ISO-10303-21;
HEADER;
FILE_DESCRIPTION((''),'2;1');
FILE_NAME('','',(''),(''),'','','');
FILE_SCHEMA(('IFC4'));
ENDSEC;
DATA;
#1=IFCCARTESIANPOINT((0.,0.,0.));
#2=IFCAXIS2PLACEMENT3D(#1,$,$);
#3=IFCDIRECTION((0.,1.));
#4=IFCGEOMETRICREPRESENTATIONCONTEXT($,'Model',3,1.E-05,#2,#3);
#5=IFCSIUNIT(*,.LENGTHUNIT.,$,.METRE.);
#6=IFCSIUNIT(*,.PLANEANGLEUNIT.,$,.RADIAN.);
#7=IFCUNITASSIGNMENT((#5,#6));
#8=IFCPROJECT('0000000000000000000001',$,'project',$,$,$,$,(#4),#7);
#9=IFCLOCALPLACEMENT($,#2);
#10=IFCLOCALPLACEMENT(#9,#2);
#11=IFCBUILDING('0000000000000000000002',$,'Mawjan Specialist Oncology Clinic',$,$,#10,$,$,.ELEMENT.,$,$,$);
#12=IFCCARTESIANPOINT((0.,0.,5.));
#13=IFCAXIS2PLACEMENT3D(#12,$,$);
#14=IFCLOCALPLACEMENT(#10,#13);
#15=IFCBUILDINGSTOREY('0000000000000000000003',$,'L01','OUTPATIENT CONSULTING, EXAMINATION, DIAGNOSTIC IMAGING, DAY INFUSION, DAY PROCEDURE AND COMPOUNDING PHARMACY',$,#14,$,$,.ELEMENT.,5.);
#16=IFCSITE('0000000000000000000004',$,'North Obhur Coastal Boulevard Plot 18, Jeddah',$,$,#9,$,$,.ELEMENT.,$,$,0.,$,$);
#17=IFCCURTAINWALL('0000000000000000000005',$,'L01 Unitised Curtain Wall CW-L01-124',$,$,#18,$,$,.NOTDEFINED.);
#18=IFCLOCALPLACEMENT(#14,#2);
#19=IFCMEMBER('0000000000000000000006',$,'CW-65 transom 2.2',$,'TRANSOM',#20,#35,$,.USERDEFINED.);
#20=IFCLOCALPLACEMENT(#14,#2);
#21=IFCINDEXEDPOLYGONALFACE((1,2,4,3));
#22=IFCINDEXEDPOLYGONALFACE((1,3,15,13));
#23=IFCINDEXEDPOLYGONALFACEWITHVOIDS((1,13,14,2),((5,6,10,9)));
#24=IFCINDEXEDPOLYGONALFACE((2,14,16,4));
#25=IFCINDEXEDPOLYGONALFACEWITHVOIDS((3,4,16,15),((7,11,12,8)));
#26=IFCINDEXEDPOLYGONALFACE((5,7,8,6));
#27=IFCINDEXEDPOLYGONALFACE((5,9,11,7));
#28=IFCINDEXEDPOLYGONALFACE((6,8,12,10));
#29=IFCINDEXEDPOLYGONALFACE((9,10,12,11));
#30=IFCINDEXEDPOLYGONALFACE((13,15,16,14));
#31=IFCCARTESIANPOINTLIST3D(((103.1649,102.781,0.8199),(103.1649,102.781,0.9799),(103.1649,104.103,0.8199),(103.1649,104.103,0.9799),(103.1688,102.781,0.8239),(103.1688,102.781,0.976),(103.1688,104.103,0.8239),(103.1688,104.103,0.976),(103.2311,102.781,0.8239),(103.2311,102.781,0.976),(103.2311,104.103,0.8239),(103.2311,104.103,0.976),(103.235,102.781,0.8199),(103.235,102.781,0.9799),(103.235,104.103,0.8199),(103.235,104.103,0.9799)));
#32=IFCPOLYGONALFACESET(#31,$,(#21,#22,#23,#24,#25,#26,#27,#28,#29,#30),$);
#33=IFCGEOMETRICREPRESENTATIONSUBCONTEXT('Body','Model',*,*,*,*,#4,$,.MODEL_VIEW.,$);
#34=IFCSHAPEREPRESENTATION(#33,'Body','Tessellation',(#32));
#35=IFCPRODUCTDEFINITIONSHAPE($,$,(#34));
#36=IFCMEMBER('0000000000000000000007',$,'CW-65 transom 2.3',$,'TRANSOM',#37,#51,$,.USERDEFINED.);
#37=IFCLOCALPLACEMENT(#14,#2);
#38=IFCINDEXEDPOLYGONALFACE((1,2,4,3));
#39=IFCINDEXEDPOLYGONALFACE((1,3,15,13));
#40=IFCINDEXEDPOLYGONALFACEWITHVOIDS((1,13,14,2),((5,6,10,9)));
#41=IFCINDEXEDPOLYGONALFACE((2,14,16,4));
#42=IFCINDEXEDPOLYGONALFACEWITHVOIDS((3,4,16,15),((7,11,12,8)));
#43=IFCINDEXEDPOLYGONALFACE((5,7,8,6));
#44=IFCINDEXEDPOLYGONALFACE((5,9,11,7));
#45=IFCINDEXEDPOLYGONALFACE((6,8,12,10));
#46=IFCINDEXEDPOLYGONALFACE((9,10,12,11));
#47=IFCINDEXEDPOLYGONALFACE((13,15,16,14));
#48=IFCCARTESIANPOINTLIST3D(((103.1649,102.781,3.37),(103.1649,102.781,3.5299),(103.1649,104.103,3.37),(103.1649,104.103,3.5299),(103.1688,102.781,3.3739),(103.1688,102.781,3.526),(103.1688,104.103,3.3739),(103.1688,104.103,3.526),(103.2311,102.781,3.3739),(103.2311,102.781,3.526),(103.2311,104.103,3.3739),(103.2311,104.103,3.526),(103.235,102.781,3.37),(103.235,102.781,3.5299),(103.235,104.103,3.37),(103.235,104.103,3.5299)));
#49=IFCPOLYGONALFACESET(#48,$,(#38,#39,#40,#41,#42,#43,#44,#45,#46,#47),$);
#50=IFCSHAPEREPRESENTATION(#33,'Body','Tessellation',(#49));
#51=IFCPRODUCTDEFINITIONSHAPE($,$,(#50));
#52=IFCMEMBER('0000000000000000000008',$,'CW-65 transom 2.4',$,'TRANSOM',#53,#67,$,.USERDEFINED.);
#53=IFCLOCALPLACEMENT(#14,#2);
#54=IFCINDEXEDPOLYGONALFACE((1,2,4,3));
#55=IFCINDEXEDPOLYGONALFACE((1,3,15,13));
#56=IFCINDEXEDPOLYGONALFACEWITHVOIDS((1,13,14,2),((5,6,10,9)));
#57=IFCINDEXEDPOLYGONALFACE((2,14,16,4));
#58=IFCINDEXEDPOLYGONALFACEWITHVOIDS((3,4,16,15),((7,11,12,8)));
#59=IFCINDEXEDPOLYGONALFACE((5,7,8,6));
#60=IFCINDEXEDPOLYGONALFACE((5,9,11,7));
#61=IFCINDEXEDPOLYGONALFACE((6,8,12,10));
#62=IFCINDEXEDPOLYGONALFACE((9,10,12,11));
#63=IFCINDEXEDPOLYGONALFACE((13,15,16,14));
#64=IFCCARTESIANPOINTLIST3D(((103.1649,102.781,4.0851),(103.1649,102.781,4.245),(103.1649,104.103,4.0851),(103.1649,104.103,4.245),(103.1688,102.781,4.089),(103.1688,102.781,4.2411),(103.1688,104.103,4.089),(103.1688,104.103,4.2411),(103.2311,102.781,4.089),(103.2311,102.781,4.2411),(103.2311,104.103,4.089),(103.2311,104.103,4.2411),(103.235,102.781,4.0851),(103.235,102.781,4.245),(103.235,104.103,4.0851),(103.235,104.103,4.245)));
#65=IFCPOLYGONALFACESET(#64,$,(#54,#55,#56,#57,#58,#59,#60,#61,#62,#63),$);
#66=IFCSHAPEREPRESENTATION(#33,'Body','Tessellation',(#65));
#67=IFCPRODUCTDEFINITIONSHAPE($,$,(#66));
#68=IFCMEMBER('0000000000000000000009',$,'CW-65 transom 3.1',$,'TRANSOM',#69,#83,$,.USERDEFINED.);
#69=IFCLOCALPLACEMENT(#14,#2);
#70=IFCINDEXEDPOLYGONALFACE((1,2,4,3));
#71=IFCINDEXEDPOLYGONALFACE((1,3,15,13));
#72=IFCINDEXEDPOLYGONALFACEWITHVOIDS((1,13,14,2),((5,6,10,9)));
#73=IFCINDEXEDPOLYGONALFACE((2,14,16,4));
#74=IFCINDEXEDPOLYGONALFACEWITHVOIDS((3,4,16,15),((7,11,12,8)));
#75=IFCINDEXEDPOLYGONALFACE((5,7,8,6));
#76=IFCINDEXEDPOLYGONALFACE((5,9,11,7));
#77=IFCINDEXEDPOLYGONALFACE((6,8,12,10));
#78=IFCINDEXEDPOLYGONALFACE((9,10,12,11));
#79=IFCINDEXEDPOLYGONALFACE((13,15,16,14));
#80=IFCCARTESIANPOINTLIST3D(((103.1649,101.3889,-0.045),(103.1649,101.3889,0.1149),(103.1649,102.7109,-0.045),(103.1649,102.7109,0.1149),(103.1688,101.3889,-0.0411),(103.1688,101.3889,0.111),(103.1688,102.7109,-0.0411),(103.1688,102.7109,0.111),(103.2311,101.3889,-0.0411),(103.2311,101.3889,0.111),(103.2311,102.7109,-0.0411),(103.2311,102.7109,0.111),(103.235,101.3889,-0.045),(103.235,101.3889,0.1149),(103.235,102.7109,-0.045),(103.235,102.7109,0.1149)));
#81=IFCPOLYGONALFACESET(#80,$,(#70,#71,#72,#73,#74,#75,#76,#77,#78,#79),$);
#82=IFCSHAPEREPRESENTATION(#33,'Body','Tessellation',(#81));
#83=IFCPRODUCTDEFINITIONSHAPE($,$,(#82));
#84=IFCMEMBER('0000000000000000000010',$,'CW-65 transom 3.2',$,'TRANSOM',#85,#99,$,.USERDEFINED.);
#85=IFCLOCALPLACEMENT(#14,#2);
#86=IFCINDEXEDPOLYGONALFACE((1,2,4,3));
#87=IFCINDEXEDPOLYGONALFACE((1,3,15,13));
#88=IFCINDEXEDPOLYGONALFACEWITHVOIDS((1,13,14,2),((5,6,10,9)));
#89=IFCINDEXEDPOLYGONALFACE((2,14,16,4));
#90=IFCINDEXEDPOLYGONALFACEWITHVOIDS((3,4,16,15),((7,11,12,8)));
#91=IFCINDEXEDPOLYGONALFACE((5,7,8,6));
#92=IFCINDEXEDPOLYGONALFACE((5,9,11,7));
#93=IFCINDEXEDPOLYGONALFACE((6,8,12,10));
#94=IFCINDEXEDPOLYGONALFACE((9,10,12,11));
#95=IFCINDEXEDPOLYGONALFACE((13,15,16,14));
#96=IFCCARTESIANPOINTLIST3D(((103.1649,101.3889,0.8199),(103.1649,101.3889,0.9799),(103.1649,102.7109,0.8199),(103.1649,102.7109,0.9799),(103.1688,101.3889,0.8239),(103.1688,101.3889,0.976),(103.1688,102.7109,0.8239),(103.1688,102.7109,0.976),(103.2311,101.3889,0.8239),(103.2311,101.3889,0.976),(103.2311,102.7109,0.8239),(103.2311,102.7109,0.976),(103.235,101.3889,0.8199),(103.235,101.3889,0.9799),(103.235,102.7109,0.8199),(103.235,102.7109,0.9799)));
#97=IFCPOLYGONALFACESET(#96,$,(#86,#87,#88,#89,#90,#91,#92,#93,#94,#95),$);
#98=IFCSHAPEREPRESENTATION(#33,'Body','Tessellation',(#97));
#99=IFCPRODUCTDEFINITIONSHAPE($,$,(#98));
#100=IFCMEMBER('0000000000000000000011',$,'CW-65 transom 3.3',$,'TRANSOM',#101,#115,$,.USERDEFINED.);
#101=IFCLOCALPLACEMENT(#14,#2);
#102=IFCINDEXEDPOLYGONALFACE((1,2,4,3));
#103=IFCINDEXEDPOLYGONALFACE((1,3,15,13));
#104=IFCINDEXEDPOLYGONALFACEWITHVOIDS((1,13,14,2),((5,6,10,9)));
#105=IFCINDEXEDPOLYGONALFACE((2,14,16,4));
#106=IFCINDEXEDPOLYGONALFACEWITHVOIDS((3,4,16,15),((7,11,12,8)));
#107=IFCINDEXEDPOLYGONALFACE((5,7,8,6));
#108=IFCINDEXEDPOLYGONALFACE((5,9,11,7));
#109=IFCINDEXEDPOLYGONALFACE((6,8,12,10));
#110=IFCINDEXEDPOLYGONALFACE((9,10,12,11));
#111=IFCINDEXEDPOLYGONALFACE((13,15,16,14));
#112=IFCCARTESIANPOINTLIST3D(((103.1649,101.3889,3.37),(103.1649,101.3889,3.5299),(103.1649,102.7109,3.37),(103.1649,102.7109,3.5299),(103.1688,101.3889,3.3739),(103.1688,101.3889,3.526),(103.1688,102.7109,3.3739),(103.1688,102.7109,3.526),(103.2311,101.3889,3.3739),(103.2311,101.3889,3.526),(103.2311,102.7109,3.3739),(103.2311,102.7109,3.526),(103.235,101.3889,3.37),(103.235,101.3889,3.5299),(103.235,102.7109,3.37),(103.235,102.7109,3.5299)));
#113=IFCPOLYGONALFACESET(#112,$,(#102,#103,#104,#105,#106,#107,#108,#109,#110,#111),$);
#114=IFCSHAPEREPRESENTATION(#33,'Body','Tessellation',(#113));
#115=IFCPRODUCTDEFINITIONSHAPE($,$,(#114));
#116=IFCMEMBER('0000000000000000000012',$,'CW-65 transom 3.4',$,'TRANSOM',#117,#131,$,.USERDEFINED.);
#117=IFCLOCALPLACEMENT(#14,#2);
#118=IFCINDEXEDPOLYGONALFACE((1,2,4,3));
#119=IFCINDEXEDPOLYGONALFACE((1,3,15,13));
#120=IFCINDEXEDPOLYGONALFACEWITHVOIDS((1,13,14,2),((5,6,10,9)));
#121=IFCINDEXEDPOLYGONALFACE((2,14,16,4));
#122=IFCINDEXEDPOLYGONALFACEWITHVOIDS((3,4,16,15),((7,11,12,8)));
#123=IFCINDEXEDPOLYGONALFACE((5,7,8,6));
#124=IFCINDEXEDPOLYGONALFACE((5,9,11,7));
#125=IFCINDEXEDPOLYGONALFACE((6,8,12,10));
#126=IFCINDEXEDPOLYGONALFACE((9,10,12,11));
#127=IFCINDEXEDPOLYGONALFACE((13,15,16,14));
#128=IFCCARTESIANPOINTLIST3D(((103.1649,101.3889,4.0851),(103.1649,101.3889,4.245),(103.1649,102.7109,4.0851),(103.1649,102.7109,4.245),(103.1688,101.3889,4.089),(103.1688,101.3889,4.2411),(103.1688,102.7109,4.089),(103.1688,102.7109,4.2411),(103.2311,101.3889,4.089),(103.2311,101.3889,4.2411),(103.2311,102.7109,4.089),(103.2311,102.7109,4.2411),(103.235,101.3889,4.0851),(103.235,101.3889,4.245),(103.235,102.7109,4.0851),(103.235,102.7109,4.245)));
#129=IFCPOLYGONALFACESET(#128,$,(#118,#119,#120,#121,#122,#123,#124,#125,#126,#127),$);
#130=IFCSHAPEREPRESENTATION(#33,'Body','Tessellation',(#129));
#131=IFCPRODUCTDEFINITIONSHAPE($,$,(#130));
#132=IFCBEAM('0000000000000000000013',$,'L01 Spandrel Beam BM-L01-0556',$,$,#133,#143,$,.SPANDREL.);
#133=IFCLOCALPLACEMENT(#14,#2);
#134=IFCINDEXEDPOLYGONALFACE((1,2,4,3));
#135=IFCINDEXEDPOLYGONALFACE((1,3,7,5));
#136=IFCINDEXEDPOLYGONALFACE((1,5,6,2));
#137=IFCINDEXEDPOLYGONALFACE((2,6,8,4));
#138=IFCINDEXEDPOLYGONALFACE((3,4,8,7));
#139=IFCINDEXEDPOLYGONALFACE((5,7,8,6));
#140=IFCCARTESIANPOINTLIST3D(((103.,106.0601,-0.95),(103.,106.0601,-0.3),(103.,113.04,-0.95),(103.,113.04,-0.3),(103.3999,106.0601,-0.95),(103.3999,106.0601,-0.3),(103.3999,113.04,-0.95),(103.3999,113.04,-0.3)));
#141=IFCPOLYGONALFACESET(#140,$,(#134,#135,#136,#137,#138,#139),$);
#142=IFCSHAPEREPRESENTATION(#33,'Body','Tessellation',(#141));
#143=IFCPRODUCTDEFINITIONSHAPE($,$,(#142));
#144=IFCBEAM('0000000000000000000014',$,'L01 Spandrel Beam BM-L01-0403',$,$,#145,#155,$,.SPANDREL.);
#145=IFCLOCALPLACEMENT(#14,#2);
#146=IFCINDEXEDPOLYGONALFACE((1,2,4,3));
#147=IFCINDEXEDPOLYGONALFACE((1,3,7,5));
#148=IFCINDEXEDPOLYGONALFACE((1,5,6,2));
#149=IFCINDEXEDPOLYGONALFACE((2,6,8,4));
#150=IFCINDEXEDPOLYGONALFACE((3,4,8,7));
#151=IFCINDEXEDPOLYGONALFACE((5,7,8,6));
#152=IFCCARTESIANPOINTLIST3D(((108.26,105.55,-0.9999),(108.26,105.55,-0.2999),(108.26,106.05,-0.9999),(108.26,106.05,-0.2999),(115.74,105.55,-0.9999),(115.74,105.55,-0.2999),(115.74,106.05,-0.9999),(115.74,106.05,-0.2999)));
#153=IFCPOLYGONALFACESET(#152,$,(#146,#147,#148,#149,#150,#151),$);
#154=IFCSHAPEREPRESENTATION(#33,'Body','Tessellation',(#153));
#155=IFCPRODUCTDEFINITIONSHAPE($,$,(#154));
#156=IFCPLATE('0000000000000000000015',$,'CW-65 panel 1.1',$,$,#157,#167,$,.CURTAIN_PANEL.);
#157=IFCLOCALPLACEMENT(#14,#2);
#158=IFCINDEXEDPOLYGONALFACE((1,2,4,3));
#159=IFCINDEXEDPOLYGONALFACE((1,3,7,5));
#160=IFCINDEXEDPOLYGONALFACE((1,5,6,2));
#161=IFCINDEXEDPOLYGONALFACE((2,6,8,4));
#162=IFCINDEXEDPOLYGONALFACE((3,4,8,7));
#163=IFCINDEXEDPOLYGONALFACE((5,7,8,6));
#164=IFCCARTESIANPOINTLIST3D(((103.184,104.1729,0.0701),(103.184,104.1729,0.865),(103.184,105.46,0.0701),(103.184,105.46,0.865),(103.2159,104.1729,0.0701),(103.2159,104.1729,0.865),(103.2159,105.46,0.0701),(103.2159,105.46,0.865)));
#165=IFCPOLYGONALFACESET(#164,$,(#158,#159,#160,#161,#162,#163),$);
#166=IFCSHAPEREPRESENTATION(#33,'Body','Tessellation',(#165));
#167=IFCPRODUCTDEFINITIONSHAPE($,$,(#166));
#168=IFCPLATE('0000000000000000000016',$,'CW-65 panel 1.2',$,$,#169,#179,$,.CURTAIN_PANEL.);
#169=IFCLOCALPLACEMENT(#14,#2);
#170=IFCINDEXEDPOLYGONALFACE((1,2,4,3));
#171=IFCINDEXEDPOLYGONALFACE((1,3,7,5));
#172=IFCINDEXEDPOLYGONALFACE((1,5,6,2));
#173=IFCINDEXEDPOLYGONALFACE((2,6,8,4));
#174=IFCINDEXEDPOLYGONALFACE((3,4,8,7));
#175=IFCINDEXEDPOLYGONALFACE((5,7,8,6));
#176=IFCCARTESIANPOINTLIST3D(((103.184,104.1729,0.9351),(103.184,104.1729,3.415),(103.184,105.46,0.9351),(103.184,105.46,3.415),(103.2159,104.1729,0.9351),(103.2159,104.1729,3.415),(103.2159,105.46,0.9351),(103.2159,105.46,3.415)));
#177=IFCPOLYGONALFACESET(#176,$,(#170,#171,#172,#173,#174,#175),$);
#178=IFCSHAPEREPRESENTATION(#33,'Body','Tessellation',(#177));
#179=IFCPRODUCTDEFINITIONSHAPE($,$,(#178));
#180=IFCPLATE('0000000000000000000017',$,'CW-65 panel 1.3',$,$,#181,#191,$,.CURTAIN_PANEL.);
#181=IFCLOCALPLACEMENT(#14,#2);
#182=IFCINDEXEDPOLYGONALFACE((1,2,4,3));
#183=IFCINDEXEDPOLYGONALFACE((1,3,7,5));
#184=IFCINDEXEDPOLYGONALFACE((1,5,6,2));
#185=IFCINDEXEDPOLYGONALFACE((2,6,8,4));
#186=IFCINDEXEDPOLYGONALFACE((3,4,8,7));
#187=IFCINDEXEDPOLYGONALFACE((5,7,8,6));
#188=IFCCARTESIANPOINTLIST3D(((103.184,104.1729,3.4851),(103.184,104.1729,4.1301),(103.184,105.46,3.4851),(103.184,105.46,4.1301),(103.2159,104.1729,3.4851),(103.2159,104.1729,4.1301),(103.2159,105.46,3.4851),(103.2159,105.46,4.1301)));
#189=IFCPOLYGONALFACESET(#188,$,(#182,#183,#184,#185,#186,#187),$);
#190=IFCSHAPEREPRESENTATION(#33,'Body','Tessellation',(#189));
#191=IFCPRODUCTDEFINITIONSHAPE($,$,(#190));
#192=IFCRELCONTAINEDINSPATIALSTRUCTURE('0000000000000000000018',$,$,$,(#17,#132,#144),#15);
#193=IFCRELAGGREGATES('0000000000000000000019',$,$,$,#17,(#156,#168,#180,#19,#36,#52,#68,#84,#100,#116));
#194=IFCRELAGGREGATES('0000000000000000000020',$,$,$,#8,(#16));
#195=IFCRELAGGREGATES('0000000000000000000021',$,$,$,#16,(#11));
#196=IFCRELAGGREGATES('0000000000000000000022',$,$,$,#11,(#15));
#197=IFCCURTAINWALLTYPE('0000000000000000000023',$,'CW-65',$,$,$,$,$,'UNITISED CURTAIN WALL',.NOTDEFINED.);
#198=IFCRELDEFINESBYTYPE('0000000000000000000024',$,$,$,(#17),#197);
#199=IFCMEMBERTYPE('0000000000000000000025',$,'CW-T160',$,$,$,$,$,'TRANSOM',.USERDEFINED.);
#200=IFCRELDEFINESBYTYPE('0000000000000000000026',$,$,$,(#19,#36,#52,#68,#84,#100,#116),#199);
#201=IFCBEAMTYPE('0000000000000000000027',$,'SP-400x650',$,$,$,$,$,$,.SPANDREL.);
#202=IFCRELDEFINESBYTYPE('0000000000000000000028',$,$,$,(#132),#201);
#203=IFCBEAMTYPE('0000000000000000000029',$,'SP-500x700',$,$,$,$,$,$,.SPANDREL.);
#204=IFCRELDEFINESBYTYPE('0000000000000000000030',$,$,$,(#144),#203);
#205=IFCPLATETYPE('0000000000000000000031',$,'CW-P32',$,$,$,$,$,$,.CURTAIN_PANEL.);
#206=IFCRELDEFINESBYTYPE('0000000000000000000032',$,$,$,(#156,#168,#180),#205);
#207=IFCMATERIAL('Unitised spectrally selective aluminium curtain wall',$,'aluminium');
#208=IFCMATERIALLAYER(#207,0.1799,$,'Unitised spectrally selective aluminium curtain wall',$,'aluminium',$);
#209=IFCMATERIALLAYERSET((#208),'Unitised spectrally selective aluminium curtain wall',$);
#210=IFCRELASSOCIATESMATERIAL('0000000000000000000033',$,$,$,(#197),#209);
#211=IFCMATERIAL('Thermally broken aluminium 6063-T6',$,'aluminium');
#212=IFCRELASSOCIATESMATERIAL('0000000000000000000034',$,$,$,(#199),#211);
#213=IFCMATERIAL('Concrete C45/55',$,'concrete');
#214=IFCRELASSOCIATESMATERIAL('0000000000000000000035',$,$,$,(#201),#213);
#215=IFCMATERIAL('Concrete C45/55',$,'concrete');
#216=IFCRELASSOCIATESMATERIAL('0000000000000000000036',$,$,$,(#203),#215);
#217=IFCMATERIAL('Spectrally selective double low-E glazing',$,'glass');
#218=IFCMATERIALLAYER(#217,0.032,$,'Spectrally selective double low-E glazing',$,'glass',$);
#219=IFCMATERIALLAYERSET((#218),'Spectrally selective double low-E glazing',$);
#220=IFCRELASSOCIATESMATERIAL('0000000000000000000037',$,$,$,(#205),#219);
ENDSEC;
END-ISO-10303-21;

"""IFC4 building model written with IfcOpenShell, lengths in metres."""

from ifc_helpers import new_model, si_unit, direction, frame, origin, origin_2d, place, context, subcontext, project, spatial, rectangle, hollow_rectangle, extrude, material, layer, layer_set, material_profile, profile_set, type_object, element, aggregate, save


model = new_model("IFC4")

# Units and contexts
model_context = context("Model", 3, precision=1e-05, world=origin(), true_north=direction((0.0, 1.0)))
body_context = subcontext(model_context, "Body", "Model", "MODEL_VIEW")
ifc_project = project(units=[si_unit("LENGTHUNIT", "METRE"), si_unit("PLANEANGLEUNIT", "RADIAN")], contexts=[model_context])

# Site, building, storey
site_placement = place(None, origin())
site = spatial("IfcSite", under=ifc_project, at=site_placement, Name="North Obhur Coastal Boulevard Plot 18, Jeddah", CompositionType="ELEMENT", RefElevation=0.0)
building_placement = place(site_placement, origin())
building = spatial("IfcBuilding", under=site, at=building_placement, Name="Mawjan Specialist Oncology Clinic", CompositionType="ELEMENT")
storey_placement = place(building_placement, frame((0.0, 0.0, 5.0)))
storey = spatial("IfcBuildingStorey", under=building, at=storey_placement, Name="L01", Description="OUTPATIENT CONSULTING, EXAMINATION, DIAGNOSTIC IMAGING, DAY INFUSION, DAY PROCEDURE AND COMPOUNDING PHARMACY", CompositionType="ELEMENT", Elevation=5.0)

# Curtain wall, members
ifc_material_1 = material(Name="Unitised spectrally selective aluminium curtain wall", Category="aluminium")
ifc_layer_1 = layer(ifc_material_1, 0.1799, Name="Unitised spectrally selective aluminium curtain wall", Category="aluminium")
ifc_layer_set_1 = layer_set([ifc_layer_1], Name="Unitised spectrally selective aluminium curtain wall")
curtain_wall_type = type_object("IfcCurtainWallType", Name="CW-65", ElementType="UNITISED CURTAIN WALL", PredefinedType="NOTDEFINED", material=ifc_layer_set_1)
curtain_wall_placement = place(storey_placement, origin())
curtain_wall = element("IfcCurtainWall", 1, at=curtain_wall_placement, inside=storey, type_object=curtain_wall_type, Name="L01 Unitised Curtain Wall CW-L01-124", PredefinedType="NOTDEFINED")
ifc_material_2 = material(Name="Thermally broken aluminium 6063-T6", Category="aluminium")
ifc_material_profile_1 = material_profile(ifc_material_2, hollow_rectangle(XDim=0.0701, YDim=0.1599, WallThickness=0.0039, at=origin_2d()), Name="ALU TRANSOM 160x70x4", Category="aluminium")
ifc_profile_set_1 = profile_set([ifc_material_profile_1], Name="Thermally broken aluminium 6063-T6")
member_type_1 = type_object("IfcMemberType", Name="CW-T160", ElementType="TRANSOM", PredefinedType="USERDEFINED", material=ifc_profile_set_1)
member_1_placement = place(storey_placement, frame((103.2, 104.103, 0.8999), z_axis=(0.0, -1.0, 0.0), x_axis=(1.0, 0.0, 0.0)))
member_1 = element("IfcMember", 2, at=member_1_placement, type_object=member_type_1, Name="CW-65 transom 2.2", ObjectType="TRANSOM", PredefinedType="USERDEFINED", context=body_context, shape_type="SweptSolid", body=[
    extrude(hollow_rectangle(XDim=0.0701, YDim=0.1599, WallThickness=0.0039, at=origin_2d()), origin(), (0.0, 0.0, 1.0), 1.322),
])
member_2_placement = place(storey_placement, frame((103.2, 104.103, 3.45), z_axis=(0.0, -1.0, 0.0), x_axis=(1.0, 0.0, 0.0)))
member_2 = element("IfcMember", 3, at=member_2_placement, type_object=member_type_1, Name="CW-65 transom 2.3", ObjectType="TRANSOM", PredefinedType="USERDEFINED", context=body_context, shape_type="SweptSolid", body=[
    extrude(hollow_rectangle(XDim=0.0701, YDim=0.1599, WallThickness=0.0039, at=origin_2d()), origin(), (0.0, 0.0, 1.0), 1.322),
])
member_3_placement = place(storey_placement, frame((103.2, 104.103, 4.165), z_axis=(0.0, -1.0, 0.0), x_axis=(1.0, 0.0, 0.0)))
member_3 = element("IfcMember", 4, at=member_3_placement, type_object=member_type_1, Name="CW-65 transom 2.4", ObjectType="TRANSOM", PredefinedType="USERDEFINED", context=body_context, shape_type="SweptSolid", body=[
    extrude(hollow_rectangle(XDim=0.0701, YDim=0.1599, WallThickness=0.0039, at=origin_2d()), origin(), (0.0, 0.0, 1.0), 1.322),
])
member_4_placement = place(storey_placement, frame((103.2, 102.7109, 0.0349), z_axis=(0.0, -1.0, 0.0), x_axis=(1.0, 0.0, 0.0)))
member_4 = element("IfcMember", 5, at=member_4_placement, type_object=member_type_1, Name="CW-65 transom 3.1", ObjectType="TRANSOM", PredefinedType="USERDEFINED", context=body_context, shape_type="SweptSolid", body=[
    extrude(hollow_rectangle(XDim=0.0701, YDim=0.1599, WallThickness=0.0039, at=origin_2d()), origin(), (0.0, 0.0, 1.0), 1.322),
])
member_5_placement = place(storey_placement, frame((103.2, 102.7109, 0.8999), z_axis=(0.0, -1.0, 0.0), x_axis=(1.0, 0.0, 0.0)))
member_5 = element("IfcMember", 6, at=member_5_placement, type_object=member_type_1, Name="CW-65 transom 3.2", ObjectType="TRANSOM", PredefinedType="USERDEFINED", context=body_context, shape_type="SweptSolid", body=[
    extrude(hollow_rectangle(XDim=0.0701, YDim=0.1599, WallThickness=0.0039, at=origin_2d()), origin(), (0.0, 0.0, 1.0), 1.322),
])
member_6_placement = place(storey_placement, frame((103.2, 102.7109, 3.45), z_axis=(0.0, -1.0, 0.0), x_axis=(1.0, 0.0, 0.0)))
member_6 = element("IfcMember", 7, at=member_6_placement, type_object=member_type_1, Name="CW-65 transom 3.3", ObjectType="TRANSOM", PredefinedType="USERDEFINED", context=body_context, shape_type="SweptSolid", body=[
    extrude(hollow_rectangle(XDim=0.0701, YDim=0.1599, WallThickness=0.0039, at=origin_2d()), origin(), (0.0, 0.0, 1.0), 1.322),
])
member_7_placement = place(storey_placement, frame((103.2, 102.7109, 4.165), z_axis=(0.0, -1.0, 0.0), x_axis=(1.0, 0.0, 0.0)))
member_7 = element("IfcMember", 8, at=member_7_placement, type_object=member_type_1, Name="CW-65 transom 3.4", ObjectType="TRANSOM", PredefinedType="USERDEFINED", context=body_context, shape_type="SweptSolid", body=[
    extrude(hollow_rectangle(XDim=0.0701, YDim=0.1599, WallThickness=0.0039, at=origin_2d()), origin(), (0.0, 0.0, 1.0), 1.322),
])

# Beams
ifc_material_3 = material(Name="Concrete C45/55", Category="concrete")
ifc_material_profile_2 = material_profile(ifc_material_3, rectangle(XDim=0.3999, YDim=0.6499, at=origin_2d()), Name="RC BM 400x650", Category="concrete")
ifc_profile_set_2 = profile_set([ifc_material_profile_2], Name="Concrete C45/55")
beam_type_1 = type_object("IfcBeamType", Name="SP-400x650", PredefinedType="SPANDREL", material=ifc_profile_set_2)
beam_1_placement = place(storey_placement, frame((103.2, 106.0601, -0.625), z_axis=(0.0, 1.0, 0.0), x_axis=(-1.0, 0.0, 0.0)))
element("IfcBeam", 9, at=beam_1_placement, inside=storey, type_object=beam_type_1, Name="L01 Spandrel Beam BM-L01-0556", PredefinedType="SPANDREL", context=body_context, shape_type="SweptSolid", body=[
    extrude(rectangle(XDim=0.3999, YDim=0.6499, at=origin_2d()), origin(), (0.0, 0.0, 1.0), 6.98),
])
ifc_material_4 = material(Name="Concrete C45/55", Category="concrete")
ifc_material_profile_3 = material_profile(ifc_material_4, rectangle(XDim=0.5, YDim=0.7, at=origin_2d()), Name="RC BM 500x700", Category="concrete")
ifc_profile_set_3 = profile_set([ifc_material_profile_3], Name="Concrete C45/55")
beam_type_2 = type_object("IfcBeamType", Name="SP-500x700", PredefinedType="SPANDREL", material=ifc_profile_set_3)
beam_2_placement = place(storey_placement, frame((108.26, 105.8, -0.6499), z_axis=(1.0, 0.0, 0.0), x_axis=(0.0, 1.0, 0.0)))
element("IfcBeam", 10, at=beam_2_placement, inside=storey, type_object=beam_type_2, Name="L01 Spandrel Beam BM-L01-0403", PredefinedType="SPANDREL", context=body_context, shape_type="SweptSolid", body=[
    extrude(rectangle(XDim=0.5, YDim=0.7, at=origin_2d()), origin(), (0.0, 0.0, 1.0), 7.48),
])

# Plates
ifc_material_5 = material(Name="Spectrally selective double low-E glazing", Category="glass")
ifc_layer_2 = layer(ifc_material_5, 0.032, Name="Spectrally selective double low-E glazing", Category="glass")
ifc_layer_set_2 = layer_set([ifc_layer_2], Name="Spectrally selective double low-E glazing")
plate_type = type_object("IfcPlateType", Name="CW-P32", PredefinedType="CURTAIN_PANEL", material=ifc_layer_set_2)
plate_1_placement = place(storey_placement, frame((103.2, 104.8164, 0.0701), z_axis=(0.0, 0.0, 1.0), x_axis=(0.0, -1.0, 0.0)))
plate_1 = element("IfcPlate", 11, at=plate_1_placement, type_object=plate_type, Name="CW-65 panel 1.1", PredefinedType="CURTAIN_PANEL", context=body_context, shape_type="SweptSolid", body=[
    extrude(rectangle(XDim=1.2871, YDim=0.032, at=origin_2d()), origin(), (0.0, 0.0, 1.0), 0.7949),
])
plate_2_placement = place(storey_placement, frame((103.2, 104.8164, 0.9351), z_axis=(0.0, 0.0, 1.0), x_axis=(0.0, -1.0, 0.0)))
plate_2 = element("IfcPlate", 12, at=plate_2_placement, type_object=plate_type, Name="CW-65 panel 1.2", PredefinedType="CURTAIN_PANEL", context=body_context, shape_type="SweptSolid", body=[
    extrude(rectangle(XDim=1.2871, YDim=0.032, at=origin_2d()), origin(), (0.0, 0.0, 1.0), 2.48),
])
plate_3_placement = place(storey_placement, frame((103.2, 104.8164, 3.4851), z_axis=(0.0, 0.0, 1.0), x_axis=(0.0, -1.0, 0.0)))
plate_3 = element("IfcPlate", 13, at=plate_3_placement, type_object=plate_type, Name="CW-65 panel 1.3", PredefinedType="CURTAIN_PANEL", context=body_context, shape_type="SweptSolid", body=[
    extrude(rectangle(XDim=1.2871, YDim=0.032, at=origin_2d()), origin(), (0.0, 0.0, 1.0), 0.645),
])
aggregate(curtain_wall, [plate_1, plate_2, plate_3, member_1, member_2, member_3, member_4, member_5, member_6, member_7])

save(model, "model.ifc")
